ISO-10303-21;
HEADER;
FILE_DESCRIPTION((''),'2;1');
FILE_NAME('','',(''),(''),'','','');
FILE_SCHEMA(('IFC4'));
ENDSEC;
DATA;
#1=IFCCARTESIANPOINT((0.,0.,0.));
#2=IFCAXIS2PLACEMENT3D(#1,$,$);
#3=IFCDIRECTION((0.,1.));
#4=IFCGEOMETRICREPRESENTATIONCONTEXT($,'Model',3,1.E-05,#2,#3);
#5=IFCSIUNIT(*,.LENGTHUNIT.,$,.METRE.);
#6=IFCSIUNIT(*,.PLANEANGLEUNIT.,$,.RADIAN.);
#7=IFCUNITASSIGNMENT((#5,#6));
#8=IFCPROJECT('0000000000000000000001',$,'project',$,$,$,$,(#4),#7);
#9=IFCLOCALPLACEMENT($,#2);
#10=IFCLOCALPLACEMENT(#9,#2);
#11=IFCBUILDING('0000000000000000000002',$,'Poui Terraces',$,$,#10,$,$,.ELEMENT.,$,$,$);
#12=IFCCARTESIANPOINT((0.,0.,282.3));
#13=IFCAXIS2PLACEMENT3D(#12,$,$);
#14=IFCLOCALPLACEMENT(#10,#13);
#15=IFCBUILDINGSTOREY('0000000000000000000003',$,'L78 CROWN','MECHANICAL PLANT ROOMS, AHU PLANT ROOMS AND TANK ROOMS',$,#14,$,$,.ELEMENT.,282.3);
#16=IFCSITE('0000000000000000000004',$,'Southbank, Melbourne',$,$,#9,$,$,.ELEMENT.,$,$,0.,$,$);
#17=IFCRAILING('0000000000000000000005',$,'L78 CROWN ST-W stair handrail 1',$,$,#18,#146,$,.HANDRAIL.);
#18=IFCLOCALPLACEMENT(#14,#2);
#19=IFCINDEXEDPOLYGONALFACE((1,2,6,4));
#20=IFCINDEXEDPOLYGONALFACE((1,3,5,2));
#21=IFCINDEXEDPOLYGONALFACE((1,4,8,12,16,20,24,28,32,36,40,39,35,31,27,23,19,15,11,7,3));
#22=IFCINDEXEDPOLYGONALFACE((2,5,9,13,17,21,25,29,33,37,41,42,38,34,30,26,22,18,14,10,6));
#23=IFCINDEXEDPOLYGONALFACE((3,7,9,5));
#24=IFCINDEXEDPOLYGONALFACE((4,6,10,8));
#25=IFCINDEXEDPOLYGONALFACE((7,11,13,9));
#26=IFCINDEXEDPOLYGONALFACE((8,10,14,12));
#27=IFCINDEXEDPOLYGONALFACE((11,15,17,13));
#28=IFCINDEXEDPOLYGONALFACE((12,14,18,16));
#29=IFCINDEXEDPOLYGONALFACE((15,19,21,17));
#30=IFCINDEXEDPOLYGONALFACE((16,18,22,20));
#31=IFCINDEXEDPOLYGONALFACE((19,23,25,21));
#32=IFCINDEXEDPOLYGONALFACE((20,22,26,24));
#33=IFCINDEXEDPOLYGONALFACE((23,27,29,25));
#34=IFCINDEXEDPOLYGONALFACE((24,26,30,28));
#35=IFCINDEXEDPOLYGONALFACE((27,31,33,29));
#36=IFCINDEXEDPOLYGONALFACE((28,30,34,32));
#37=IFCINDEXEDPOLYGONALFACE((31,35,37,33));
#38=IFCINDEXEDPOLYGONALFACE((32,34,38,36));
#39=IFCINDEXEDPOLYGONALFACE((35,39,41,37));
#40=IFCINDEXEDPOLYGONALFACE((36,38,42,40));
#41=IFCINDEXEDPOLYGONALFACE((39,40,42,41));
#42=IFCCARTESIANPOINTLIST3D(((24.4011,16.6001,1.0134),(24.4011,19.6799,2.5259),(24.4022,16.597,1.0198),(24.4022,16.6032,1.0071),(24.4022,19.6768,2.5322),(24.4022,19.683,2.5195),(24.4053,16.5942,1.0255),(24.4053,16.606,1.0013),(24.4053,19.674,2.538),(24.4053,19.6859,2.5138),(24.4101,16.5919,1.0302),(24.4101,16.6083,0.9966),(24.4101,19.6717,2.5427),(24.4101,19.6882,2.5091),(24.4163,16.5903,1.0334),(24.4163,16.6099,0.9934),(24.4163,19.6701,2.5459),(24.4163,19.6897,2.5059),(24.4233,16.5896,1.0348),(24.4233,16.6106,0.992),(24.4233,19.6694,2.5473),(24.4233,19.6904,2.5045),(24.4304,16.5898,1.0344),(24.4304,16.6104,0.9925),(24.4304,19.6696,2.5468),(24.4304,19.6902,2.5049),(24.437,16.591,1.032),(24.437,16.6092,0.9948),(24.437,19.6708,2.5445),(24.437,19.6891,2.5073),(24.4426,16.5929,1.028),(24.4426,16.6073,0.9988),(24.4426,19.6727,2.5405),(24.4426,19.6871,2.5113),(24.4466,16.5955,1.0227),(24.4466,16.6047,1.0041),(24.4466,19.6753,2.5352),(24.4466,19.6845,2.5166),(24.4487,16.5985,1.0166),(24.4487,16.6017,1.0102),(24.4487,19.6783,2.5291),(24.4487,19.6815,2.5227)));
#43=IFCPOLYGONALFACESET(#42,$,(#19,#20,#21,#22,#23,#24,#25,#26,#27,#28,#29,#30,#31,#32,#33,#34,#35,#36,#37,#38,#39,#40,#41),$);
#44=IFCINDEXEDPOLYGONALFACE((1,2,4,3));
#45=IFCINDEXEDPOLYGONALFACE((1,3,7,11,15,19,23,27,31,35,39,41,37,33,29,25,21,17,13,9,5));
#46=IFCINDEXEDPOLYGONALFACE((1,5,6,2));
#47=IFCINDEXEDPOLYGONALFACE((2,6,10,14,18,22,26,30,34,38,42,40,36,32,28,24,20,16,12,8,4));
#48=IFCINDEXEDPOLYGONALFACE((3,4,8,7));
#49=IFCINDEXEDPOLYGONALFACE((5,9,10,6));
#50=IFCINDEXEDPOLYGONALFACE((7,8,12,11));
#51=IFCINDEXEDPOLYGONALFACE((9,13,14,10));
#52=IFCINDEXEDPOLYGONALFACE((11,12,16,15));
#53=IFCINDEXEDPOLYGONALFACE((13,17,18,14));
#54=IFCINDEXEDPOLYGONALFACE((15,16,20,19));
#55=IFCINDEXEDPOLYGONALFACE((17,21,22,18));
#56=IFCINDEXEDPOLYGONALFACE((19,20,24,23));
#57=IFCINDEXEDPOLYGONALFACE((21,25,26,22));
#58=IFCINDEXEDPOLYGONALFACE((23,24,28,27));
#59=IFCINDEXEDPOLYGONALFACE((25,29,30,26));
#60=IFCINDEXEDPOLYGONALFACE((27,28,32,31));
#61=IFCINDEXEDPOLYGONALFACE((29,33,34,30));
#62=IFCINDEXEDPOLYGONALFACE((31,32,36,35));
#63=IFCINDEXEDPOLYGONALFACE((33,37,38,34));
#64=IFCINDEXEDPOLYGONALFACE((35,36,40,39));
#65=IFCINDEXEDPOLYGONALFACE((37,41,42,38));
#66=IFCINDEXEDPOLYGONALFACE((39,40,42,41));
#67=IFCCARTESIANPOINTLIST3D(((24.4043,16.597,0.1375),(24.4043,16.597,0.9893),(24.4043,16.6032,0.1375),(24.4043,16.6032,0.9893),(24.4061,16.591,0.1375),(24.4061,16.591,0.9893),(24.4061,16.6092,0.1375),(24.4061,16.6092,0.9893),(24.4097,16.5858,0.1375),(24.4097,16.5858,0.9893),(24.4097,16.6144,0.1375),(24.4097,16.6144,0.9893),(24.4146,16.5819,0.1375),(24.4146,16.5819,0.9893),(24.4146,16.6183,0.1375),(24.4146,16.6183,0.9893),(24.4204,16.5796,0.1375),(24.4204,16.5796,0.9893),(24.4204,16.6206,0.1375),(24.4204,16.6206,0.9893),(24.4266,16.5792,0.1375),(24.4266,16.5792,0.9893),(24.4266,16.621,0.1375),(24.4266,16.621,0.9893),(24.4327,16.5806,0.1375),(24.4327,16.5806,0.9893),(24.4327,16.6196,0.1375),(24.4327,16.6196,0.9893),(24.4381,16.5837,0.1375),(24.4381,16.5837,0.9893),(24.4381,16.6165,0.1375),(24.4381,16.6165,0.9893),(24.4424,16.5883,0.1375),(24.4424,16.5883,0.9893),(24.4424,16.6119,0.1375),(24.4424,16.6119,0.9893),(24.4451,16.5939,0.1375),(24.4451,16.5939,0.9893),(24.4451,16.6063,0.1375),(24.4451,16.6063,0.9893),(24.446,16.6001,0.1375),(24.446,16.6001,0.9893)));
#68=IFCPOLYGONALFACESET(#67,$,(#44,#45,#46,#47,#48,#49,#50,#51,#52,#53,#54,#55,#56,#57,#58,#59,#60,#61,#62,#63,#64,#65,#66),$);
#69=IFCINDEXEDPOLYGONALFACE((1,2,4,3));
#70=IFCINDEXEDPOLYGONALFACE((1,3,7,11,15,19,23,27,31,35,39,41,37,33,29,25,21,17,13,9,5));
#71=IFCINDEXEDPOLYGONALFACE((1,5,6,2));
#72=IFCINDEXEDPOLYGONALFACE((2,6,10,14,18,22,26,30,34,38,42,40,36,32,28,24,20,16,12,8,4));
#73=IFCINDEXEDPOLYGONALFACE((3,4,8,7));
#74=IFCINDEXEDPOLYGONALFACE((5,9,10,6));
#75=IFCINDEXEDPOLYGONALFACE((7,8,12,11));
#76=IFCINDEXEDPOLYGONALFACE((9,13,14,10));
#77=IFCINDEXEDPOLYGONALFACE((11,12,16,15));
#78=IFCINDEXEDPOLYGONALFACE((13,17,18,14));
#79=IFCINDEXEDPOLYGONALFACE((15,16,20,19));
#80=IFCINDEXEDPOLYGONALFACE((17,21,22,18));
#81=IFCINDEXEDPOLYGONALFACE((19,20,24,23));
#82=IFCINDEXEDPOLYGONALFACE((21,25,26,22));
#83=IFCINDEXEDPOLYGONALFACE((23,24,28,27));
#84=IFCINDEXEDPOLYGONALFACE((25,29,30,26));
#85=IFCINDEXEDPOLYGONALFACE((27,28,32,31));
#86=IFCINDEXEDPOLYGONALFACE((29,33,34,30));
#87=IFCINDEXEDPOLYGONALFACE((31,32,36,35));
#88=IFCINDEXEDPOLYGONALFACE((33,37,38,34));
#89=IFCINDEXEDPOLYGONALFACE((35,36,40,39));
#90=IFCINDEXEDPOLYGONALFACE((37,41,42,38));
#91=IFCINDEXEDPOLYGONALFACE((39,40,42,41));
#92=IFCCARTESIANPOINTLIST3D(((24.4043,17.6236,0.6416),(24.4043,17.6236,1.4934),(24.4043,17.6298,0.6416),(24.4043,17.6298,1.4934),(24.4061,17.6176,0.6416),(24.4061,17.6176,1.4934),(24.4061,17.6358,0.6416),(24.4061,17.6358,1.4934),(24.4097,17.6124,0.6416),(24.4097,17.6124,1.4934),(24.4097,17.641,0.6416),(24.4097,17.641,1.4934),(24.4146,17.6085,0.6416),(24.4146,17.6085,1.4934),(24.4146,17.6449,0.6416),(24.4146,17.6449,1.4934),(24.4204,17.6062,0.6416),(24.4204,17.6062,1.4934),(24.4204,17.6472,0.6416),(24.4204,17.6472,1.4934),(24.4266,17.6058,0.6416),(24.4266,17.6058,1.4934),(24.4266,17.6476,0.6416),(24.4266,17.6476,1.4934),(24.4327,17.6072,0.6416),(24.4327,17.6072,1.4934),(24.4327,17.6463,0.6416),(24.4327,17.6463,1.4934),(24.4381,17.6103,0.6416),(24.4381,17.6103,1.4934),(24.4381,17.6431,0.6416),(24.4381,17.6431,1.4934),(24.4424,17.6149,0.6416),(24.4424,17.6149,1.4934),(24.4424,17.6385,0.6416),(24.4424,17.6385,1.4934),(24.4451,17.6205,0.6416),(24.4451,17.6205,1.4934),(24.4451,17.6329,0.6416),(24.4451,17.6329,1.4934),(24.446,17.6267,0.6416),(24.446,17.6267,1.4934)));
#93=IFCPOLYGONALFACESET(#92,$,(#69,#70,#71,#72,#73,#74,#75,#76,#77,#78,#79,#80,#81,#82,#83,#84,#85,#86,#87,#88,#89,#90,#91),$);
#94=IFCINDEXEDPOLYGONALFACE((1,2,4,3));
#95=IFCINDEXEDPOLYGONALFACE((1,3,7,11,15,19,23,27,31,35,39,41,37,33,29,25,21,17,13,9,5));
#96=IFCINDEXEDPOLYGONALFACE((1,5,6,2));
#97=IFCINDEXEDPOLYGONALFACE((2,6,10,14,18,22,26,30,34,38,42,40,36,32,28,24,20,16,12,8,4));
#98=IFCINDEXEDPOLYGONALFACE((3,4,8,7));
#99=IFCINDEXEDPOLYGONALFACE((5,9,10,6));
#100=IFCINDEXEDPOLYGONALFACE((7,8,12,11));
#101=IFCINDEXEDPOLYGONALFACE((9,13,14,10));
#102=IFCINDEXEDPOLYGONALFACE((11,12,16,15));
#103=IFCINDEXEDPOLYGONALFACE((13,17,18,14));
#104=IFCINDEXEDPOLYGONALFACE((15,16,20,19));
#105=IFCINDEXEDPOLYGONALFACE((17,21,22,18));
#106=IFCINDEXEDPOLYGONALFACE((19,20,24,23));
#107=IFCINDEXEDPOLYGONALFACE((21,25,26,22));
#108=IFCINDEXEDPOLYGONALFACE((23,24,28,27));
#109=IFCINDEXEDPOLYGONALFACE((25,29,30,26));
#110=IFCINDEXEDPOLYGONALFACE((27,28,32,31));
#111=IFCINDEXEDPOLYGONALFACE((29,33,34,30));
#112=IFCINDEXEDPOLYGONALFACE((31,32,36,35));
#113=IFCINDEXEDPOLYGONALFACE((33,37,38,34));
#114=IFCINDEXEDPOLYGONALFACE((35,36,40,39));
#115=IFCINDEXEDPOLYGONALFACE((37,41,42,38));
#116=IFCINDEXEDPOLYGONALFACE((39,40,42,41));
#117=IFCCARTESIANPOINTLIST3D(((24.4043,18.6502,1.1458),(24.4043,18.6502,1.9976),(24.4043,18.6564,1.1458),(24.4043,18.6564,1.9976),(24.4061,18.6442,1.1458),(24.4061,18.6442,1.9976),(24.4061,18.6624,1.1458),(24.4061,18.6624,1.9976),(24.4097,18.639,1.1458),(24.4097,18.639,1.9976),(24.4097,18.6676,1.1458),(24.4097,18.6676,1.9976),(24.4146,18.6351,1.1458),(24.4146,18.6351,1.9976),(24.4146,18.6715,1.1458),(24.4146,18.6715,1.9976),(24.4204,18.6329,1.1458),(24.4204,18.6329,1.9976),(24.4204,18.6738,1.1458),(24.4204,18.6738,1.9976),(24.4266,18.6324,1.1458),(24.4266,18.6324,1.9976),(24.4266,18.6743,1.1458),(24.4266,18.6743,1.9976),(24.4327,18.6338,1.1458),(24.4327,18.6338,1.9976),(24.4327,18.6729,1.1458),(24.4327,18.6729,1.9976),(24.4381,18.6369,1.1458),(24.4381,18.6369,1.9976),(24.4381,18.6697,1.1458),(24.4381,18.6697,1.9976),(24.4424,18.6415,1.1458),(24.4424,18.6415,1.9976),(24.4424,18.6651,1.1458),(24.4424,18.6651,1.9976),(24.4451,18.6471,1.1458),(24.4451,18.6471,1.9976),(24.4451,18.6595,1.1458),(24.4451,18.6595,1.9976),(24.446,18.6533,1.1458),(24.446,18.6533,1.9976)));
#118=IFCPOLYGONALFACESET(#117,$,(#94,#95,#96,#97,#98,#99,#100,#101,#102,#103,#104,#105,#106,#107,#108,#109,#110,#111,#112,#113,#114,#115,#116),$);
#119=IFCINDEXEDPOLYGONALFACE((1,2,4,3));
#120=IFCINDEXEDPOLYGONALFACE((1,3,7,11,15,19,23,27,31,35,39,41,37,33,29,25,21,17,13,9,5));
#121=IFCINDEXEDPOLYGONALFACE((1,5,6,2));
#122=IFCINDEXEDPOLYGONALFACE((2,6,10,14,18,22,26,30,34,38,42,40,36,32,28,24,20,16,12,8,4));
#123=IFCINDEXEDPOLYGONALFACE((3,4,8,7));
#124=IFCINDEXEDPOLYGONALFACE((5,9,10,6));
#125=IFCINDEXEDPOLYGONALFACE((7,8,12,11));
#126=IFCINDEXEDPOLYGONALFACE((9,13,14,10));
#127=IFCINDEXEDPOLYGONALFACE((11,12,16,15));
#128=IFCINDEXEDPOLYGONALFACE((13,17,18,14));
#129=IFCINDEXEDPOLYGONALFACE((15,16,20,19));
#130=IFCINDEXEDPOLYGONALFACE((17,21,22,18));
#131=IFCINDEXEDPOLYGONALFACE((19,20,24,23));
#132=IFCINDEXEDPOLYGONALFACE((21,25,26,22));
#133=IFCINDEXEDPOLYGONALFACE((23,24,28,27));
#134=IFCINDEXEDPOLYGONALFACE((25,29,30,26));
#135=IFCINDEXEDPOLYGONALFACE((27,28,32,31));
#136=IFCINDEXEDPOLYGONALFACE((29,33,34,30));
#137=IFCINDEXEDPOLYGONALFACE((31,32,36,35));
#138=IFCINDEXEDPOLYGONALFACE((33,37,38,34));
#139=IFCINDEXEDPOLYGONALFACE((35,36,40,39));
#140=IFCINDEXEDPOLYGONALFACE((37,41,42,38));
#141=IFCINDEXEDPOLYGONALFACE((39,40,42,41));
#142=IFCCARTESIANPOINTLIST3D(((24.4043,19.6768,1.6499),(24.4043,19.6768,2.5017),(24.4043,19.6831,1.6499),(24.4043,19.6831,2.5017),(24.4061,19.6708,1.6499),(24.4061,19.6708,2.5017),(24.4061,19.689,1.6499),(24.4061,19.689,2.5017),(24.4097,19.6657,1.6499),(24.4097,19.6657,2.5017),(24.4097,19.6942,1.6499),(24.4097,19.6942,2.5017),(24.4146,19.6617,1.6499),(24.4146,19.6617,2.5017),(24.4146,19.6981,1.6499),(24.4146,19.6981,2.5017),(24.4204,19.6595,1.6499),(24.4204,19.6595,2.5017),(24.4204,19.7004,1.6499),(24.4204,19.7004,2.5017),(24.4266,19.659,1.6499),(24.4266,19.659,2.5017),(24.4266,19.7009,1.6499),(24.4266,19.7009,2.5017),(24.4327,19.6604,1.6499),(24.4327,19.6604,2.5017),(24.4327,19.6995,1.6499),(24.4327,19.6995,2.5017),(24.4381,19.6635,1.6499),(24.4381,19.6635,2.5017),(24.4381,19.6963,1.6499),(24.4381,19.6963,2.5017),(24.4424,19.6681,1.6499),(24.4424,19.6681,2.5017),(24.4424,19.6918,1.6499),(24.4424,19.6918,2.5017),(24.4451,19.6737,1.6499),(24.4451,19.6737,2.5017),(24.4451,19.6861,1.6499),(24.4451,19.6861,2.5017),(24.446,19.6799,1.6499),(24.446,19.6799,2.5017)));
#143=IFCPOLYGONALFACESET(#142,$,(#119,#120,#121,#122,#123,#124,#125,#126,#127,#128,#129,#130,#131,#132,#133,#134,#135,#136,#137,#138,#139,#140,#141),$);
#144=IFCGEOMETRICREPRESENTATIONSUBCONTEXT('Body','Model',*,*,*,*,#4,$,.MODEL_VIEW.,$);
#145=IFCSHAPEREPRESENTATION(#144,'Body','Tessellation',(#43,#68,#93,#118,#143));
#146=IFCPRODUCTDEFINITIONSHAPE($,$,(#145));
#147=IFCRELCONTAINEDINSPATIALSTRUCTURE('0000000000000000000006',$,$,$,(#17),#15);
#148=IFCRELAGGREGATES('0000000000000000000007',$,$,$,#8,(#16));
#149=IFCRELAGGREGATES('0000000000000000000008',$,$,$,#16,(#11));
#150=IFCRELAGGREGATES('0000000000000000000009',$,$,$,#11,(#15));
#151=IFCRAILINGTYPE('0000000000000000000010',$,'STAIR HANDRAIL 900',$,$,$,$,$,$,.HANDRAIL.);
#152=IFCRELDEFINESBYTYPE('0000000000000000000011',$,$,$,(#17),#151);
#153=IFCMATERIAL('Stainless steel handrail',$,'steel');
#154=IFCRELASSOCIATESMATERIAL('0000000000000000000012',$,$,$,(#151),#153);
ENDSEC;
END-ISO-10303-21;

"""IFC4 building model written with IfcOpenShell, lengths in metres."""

from ifc_helpers import new_model, si_unit, direction, frame, origin, origin_2d, place, context, subcontext, project, spatial, circle, extrude, material, type_object, element, save


model = new_model("IFC4")

# Units and contexts
model_context = context("Model", 3, precision=1e-05, world=origin(), true_north=direction((0.0, 1.0)))
body_context = subcontext(model_context, "Body", "Model", "MODEL_VIEW")
ifc_project = project(units=[si_unit("LENGTHUNIT", "METRE"), si_unit("PLANEANGLEUNIT", "RADIAN")], contexts=[model_context])

# Site, building, storey
site_placement = place(None, origin())
site = spatial("IfcSite", under=ifc_project, at=site_placement, Name="Southbank, Melbourne", CompositionType="ELEMENT", RefElevation=0.0)
building_placement = place(site_placement, origin())
building = spatial("IfcBuilding", under=site, at=building_placement, Name="Poui Terraces", CompositionType="ELEMENT")
storey_placement = place(building_placement, frame((0.0, 0.0, 282.3)))
storey = spatial("IfcBuildingStorey", under=building, at=storey_placement, Name="L78 CROWN", Description="MECHANICAL PLANT ROOMS, AHU PLANT ROOMS AND TANK ROOMS", CompositionType="ELEMENT", Elevation=282.3)

# Railing
ifc_material_1 = material(Name="Stainless steel handrail", Category="steel")
railing_type_1 = type_object("IfcRailingType", Name="STAIR HANDRAIL 900", PredefinedType="HANDRAIL", material=ifc_material_1)
railing_1_placement = place(storey_placement, frame((24.425, 16.6001, 0.1375)))
element("IfcRailing", 1, at=railing_1_placement, inside=storey, type_object=railing_type_1, Name="L78 CROWN ST-W stair handrail 1", PredefinedType="HANDRAIL", context=body_context, shape_type="SweptSolid", body=[
    extrude(circle(Radius=0.0239, at=origin_2d()), frame((0.0, 0.0, 0.876), z_axis=(0.0, 0.897606, 0.440798), x_axis=(-1.0, 0.0, 0.0)), (0.0, 0.0, 1.0), 3.4312),
    extrude(circle(Radius=0.021, at=origin_2d()), origin(), (0.0, 0.0, 1.0), 0.8518),
    extrude(circle(Radius=0.021, at=origin_2d()), frame((0.0, 1.0266, 0.5042)), (0.0, 0.0, 1.0), 0.8518),
    extrude(circle(Radius=0.021, at=origin_2d()), frame((0.0, 2.0532, 1.0083)), (0.0, 0.0, 1.0), 0.8518),
    extrude(circle(Radius=0.021, at=origin_2d()), frame((0.0, 3.0798, 1.5125)), (0.0, 0.0, 1.0), 0.8518),
])

save(model, "model.ifc")
